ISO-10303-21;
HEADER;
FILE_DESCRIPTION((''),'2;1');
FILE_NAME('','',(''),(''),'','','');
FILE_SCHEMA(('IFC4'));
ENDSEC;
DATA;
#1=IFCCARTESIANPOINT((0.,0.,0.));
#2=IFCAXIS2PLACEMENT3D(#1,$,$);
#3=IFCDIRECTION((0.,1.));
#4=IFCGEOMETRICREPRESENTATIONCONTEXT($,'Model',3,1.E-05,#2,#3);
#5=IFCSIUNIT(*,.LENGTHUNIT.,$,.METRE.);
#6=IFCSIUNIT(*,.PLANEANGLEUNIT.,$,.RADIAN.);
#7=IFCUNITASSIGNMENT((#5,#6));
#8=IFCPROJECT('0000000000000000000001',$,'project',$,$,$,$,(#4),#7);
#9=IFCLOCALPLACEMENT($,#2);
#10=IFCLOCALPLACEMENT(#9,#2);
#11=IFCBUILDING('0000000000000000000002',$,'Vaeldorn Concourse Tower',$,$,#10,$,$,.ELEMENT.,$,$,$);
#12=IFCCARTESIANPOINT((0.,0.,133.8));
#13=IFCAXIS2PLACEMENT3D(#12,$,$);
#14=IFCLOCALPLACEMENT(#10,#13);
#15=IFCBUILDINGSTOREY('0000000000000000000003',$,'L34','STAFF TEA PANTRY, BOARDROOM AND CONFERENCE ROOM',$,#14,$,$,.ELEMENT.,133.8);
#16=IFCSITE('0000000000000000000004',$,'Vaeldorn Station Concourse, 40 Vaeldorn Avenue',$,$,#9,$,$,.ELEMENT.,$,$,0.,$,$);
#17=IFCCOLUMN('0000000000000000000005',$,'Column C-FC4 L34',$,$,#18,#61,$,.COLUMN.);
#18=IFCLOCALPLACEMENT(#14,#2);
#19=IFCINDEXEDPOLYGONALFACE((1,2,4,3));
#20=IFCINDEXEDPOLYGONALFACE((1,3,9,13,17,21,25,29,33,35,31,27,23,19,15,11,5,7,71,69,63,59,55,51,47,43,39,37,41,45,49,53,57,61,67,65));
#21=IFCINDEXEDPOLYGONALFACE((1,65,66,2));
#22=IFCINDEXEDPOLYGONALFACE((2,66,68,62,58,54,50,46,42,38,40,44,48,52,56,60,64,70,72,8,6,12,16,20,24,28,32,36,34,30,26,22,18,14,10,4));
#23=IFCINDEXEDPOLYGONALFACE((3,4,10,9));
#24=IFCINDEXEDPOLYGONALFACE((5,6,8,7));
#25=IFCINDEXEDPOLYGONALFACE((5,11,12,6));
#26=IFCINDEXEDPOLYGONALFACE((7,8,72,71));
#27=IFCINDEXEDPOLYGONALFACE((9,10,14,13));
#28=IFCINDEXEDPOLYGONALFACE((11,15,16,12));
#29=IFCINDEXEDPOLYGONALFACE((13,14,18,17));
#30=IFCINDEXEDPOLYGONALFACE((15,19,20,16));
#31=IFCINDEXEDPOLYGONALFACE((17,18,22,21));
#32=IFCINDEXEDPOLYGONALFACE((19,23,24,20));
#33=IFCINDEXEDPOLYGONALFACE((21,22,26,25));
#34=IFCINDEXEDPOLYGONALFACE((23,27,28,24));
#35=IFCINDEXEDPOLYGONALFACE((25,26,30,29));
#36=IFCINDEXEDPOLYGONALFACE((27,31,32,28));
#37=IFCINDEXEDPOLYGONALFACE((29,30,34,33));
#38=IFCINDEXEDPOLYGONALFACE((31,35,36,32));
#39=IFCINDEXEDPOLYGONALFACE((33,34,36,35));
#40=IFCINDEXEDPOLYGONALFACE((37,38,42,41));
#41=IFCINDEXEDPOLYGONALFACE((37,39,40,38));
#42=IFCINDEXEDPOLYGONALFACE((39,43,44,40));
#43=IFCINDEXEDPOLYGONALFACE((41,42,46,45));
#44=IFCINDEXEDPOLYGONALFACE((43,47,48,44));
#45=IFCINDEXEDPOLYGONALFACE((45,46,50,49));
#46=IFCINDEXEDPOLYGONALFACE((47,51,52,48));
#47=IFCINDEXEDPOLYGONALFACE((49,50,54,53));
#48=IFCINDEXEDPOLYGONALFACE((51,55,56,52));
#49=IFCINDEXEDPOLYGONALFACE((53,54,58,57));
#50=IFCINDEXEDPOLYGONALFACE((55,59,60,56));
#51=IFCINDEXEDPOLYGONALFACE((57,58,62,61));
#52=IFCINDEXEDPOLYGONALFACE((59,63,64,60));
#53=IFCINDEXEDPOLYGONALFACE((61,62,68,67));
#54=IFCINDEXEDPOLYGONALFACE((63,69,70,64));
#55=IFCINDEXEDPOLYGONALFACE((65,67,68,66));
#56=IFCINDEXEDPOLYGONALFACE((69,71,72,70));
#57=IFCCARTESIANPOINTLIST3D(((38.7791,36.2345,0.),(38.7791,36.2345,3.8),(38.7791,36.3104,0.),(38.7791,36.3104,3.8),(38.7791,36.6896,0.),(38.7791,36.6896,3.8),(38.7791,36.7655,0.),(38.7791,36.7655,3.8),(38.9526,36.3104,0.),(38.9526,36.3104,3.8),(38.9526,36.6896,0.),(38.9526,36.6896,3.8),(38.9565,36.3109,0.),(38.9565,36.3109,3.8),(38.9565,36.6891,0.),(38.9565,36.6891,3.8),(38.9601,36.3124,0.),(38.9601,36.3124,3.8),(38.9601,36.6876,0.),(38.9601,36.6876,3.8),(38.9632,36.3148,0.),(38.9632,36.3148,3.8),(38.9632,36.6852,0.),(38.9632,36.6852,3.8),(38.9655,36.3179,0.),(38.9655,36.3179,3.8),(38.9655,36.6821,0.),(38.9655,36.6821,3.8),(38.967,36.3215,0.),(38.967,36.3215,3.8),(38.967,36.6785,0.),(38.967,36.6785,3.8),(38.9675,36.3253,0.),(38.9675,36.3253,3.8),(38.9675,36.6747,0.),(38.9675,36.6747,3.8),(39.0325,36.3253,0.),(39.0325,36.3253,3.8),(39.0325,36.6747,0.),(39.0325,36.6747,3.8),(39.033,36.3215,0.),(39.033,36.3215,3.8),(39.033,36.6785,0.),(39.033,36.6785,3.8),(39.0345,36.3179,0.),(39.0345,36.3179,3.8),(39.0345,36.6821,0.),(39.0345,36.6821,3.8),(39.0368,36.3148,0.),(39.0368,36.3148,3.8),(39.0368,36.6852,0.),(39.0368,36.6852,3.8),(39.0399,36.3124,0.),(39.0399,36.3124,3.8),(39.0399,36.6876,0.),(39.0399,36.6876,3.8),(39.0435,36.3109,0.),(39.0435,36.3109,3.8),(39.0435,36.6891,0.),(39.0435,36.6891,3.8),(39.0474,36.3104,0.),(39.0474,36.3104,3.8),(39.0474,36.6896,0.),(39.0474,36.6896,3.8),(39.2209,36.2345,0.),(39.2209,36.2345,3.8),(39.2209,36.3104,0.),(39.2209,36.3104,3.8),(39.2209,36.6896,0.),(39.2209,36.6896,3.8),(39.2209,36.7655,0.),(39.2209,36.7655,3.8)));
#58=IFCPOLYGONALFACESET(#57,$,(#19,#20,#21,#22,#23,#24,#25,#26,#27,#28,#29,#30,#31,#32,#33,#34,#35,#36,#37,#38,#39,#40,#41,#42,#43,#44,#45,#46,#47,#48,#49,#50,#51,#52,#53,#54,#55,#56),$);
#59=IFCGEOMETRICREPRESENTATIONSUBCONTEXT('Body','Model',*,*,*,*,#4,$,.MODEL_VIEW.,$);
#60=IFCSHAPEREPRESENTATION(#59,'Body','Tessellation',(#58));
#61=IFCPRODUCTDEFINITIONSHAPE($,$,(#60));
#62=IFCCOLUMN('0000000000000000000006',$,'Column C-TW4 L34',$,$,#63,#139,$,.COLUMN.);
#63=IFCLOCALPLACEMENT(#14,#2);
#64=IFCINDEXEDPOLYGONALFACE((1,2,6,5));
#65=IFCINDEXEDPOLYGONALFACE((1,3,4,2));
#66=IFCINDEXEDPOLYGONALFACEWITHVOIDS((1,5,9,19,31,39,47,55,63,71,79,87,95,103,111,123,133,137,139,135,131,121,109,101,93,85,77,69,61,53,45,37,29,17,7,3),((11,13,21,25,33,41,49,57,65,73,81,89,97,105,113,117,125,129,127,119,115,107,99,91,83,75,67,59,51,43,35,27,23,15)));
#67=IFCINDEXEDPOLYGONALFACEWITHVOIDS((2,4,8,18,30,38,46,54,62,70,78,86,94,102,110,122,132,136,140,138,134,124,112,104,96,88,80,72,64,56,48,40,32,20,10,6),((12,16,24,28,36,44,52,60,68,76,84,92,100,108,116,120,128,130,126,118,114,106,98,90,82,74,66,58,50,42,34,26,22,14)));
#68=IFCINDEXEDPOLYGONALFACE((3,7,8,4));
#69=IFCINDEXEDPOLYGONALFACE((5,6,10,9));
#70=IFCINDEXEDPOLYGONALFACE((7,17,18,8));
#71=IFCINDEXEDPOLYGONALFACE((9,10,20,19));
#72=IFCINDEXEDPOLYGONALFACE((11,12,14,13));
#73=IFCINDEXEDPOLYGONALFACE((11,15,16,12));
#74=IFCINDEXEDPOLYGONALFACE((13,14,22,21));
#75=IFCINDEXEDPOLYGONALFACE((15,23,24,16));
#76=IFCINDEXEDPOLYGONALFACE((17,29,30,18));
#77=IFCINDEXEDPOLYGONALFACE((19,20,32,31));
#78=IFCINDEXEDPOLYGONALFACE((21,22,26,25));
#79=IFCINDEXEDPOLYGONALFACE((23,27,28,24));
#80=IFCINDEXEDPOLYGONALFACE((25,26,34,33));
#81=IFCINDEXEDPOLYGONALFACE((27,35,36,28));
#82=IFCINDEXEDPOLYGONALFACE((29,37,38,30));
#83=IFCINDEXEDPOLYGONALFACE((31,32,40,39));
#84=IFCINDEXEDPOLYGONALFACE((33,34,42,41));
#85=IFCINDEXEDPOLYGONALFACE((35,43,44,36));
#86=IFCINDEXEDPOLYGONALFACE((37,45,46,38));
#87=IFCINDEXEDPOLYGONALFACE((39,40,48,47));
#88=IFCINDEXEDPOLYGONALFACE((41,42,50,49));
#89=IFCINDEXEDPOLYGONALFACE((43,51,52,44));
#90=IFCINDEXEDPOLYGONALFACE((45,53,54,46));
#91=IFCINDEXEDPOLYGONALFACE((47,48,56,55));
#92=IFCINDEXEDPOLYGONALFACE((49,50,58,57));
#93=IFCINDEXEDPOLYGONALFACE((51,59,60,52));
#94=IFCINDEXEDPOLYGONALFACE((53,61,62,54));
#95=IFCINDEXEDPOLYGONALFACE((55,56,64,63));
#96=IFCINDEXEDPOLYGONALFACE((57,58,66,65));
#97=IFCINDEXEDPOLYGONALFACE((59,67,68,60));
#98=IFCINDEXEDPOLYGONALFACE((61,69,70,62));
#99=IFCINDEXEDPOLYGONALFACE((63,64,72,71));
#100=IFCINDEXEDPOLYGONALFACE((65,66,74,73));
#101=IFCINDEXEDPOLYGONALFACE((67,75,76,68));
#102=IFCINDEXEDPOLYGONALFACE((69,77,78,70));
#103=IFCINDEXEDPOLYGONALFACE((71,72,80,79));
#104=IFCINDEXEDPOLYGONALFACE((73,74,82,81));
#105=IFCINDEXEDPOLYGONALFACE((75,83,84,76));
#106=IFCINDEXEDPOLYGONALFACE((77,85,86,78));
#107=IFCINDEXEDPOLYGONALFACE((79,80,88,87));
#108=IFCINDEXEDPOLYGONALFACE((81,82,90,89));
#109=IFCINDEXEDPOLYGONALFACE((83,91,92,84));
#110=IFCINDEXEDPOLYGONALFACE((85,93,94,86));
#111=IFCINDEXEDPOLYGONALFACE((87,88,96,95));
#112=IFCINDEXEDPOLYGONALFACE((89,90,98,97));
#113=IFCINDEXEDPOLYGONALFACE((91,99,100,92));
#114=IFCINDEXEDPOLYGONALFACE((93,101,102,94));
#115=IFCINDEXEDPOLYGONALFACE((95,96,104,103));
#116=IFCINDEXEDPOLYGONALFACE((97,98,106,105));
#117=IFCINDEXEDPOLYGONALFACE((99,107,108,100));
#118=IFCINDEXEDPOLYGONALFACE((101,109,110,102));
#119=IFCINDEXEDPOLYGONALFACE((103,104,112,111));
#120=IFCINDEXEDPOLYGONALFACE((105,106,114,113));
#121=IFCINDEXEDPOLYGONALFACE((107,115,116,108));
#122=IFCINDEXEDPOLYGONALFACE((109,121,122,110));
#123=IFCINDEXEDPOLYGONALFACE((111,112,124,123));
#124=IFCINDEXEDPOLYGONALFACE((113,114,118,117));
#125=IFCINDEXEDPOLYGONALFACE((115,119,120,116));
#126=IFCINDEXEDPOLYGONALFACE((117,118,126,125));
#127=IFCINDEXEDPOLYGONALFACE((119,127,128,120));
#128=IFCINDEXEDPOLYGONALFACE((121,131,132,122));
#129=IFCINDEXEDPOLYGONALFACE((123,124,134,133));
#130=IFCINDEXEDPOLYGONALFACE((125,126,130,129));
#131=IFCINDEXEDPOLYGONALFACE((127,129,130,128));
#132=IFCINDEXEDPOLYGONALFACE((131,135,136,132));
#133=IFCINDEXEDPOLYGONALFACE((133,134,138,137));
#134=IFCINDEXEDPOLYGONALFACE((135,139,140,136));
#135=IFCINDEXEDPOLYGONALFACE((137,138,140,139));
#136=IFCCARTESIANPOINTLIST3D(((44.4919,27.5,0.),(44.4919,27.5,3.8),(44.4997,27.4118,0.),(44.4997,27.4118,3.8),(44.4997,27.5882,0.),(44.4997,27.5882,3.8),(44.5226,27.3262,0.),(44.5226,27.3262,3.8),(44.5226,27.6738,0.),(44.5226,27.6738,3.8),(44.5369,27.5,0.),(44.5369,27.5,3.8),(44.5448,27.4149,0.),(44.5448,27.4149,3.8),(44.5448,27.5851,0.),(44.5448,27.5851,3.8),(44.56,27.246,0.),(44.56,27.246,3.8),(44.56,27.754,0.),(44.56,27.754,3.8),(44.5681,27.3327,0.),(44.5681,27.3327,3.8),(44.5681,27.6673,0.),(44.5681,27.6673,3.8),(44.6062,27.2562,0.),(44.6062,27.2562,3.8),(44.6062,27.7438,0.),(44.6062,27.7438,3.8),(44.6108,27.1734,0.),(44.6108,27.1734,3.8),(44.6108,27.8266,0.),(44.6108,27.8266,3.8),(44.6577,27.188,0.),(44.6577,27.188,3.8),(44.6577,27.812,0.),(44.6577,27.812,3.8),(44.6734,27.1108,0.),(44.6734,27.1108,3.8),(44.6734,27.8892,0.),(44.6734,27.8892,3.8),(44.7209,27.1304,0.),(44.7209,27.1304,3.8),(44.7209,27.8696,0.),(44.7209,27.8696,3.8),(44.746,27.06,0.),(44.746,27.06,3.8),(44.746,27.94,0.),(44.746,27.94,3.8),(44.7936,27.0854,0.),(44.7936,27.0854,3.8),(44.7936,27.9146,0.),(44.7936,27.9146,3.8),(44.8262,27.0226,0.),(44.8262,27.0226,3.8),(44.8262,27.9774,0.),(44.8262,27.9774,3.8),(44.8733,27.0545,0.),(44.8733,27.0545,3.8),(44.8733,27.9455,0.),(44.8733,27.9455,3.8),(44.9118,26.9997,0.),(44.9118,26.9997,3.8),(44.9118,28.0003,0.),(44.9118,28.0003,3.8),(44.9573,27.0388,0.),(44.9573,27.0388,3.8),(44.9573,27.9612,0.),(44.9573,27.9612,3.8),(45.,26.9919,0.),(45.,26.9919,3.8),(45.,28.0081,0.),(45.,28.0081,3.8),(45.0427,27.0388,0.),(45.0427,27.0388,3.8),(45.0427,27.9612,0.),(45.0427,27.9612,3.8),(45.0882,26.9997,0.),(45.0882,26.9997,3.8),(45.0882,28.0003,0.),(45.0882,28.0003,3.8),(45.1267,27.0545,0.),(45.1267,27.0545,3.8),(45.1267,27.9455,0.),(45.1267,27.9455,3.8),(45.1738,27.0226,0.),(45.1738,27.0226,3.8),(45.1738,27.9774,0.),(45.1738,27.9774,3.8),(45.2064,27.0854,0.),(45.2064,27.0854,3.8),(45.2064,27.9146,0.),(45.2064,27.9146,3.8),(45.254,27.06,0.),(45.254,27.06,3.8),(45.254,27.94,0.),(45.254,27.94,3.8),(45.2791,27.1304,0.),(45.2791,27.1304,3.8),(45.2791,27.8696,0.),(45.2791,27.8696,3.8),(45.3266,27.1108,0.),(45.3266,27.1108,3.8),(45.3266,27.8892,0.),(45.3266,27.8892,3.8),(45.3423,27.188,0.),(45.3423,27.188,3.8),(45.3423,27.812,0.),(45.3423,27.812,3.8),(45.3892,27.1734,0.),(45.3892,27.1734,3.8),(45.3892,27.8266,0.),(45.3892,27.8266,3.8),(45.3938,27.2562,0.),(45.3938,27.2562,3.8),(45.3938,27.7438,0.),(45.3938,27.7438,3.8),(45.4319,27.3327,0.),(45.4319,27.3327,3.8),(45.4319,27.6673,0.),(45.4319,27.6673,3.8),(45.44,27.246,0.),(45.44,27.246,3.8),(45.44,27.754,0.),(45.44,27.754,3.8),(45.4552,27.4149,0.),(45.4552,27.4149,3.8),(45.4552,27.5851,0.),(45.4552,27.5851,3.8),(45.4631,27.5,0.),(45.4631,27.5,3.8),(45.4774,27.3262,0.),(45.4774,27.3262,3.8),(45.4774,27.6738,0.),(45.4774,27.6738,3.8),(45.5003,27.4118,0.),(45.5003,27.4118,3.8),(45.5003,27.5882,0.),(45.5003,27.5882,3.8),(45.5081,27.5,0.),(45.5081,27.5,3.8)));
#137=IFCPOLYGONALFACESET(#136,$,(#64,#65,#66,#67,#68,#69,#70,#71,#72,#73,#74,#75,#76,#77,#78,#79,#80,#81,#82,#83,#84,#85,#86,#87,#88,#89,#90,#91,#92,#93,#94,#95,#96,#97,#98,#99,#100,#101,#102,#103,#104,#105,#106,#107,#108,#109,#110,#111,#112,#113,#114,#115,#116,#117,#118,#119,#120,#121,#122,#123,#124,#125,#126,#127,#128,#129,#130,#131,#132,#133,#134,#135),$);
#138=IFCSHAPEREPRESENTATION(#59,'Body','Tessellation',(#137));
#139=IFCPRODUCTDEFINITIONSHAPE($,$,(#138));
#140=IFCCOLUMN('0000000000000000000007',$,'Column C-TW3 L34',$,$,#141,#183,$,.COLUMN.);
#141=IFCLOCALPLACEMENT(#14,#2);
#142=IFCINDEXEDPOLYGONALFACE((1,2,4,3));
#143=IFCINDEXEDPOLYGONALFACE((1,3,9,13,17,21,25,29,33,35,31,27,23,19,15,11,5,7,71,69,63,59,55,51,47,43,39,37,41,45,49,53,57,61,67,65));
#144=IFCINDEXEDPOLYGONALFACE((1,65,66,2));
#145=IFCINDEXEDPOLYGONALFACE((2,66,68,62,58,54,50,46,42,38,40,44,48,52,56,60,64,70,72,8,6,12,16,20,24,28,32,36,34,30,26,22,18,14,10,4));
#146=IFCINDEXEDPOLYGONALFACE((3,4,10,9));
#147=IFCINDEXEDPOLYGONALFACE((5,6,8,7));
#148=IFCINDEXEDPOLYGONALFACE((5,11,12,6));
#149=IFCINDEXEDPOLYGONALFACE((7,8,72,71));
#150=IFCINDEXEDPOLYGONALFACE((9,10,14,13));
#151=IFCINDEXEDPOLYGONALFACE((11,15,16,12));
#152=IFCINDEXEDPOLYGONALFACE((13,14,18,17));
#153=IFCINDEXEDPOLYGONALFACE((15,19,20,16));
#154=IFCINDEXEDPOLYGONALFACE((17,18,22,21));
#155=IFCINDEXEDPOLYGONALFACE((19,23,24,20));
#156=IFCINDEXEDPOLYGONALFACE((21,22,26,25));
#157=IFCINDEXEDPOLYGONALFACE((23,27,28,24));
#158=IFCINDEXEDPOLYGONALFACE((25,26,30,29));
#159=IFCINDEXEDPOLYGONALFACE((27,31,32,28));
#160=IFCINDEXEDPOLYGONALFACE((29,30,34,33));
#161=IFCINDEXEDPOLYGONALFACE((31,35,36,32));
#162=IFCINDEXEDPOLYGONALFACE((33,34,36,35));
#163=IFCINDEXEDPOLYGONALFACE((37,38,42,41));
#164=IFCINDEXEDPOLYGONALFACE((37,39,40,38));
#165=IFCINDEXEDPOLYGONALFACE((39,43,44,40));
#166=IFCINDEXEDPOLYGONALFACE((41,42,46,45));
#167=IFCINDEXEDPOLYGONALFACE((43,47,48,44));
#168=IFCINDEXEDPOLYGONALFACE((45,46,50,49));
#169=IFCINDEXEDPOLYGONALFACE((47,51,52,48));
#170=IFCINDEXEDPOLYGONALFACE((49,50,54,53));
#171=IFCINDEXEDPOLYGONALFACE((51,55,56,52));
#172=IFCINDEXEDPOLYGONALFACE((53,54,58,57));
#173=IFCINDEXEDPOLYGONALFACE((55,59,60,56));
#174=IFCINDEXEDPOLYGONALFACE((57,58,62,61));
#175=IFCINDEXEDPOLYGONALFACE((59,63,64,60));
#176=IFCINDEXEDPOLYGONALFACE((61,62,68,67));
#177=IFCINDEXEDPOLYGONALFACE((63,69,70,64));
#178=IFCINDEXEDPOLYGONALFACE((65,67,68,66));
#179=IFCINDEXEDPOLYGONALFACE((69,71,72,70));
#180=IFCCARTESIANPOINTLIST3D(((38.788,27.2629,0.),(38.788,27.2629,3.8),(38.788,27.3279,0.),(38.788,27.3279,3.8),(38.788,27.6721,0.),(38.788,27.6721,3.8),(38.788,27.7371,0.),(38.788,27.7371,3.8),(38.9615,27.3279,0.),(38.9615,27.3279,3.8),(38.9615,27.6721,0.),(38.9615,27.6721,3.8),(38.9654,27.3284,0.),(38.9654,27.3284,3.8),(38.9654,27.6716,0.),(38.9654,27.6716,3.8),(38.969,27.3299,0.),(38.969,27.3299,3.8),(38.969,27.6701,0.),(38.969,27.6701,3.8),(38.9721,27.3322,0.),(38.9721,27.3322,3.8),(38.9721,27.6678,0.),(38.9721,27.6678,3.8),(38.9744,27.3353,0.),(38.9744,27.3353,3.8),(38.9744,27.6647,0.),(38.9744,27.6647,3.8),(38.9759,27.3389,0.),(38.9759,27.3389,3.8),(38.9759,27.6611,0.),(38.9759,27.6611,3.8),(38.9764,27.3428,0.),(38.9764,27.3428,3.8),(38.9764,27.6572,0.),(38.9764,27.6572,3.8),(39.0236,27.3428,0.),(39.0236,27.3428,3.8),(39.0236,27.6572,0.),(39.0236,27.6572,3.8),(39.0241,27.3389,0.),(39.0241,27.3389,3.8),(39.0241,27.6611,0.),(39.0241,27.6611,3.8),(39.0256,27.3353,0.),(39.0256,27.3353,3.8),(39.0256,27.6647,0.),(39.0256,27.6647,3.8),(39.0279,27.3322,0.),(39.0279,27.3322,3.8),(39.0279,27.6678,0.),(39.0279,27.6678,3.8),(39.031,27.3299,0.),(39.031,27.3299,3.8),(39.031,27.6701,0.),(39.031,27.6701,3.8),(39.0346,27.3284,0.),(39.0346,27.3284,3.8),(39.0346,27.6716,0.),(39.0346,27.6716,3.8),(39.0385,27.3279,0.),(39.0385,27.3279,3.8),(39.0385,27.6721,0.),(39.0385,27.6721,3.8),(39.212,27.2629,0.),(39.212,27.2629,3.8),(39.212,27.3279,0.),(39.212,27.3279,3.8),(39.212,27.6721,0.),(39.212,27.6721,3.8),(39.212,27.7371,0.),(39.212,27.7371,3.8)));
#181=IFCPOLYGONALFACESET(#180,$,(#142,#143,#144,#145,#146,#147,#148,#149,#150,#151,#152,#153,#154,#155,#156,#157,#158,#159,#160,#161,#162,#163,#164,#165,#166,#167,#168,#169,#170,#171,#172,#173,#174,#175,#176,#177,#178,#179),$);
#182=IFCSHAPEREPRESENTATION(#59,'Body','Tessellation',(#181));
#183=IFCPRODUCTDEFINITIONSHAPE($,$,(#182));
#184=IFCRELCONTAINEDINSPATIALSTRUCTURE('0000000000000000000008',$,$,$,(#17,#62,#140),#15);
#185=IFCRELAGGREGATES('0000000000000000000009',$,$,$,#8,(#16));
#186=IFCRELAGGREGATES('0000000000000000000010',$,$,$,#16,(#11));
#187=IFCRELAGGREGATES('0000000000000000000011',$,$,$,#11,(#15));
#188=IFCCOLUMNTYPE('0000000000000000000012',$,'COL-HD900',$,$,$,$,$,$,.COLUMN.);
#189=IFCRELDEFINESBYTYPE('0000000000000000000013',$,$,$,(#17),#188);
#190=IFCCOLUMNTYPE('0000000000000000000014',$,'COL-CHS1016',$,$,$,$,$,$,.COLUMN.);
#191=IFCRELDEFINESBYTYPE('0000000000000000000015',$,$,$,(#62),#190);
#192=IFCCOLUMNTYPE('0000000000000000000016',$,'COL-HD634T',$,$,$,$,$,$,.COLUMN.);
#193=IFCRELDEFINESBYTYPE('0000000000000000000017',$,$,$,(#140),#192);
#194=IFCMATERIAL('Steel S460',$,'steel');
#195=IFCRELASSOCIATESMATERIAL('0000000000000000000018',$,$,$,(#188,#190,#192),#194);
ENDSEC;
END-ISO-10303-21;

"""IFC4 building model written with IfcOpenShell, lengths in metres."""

from ifc_helpers import new_model, si_unit, direction, frame, origin, origin_2d, place, context, subcontext, project, spatial, hollow_circle, i_section, extrude, source, transform, mapped, material, material_profile, profile_set, type_object, element, save


model = new_model("IFC4")

# Units and contexts
model_context = context("Model", 3, precision=1e-05, world=origin(), true_north=direction((0.0, 1.0)))
body_context = subcontext(model_context, "Body", "Model", "MODEL_VIEW")
ifc_project = project(units=[si_unit("LENGTHUNIT", "METRE"), si_unit("PLANEANGLEUNIT", "RADIAN")], contexts=[model_context])

# Site, building, storey
site_placement = place(None, origin())
site = spatial("IfcSite", under=ifc_project, at=site_placement, Name="Vaeldorn Station Concourse, 40 Vaeldorn Avenue", CompositionType="ELEMENT", RefElevation=0.0)
building_placement = place(site_placement, origin())
building = spatial("IfcBuilding", under=site, at=building_placement, Name="Vaeldorn Concourse Tower", CompositionType="ELEMENT")
storey_placement = place(building_placement, frame((0.0, 0.0, 133.8)))
storey = spatial("IfcBuildingStorey", under=building, at=storey_placement, Name="L34", Description="STAFF TEA PANTRY, BOARDROOM AND CONFERENCE ROOM", CompositionType="ELEMENT", Elevation=133.8)

# Columns
ifc_material_1 = material(Name="Steel S460", Category="steel")
ifc_material_profile_1 = material_profile(ifc_material_1, i_section(OverallWidth=0.4419, OverallDepth=0.531, WebThickness=0.0649, FlangeThickness=0.0759, FilletRadius=0.0149, at=origin_2d()), Name="HD 400x900")
ifc_profile_set_1 = profile_set([ifc_material_profile_1], Name="Steel S460")
column_type_1 = type_object("IfcColumnType", Name="COL-HD900", PredefinedType="COLUMN", material=ifc_profile_set_1)
shared_shape_1 = source(origin(), body_context, "Body", "SweptSolid", [
    extrude(i_section(OverallWidth=0.4419, OverallDepth=0.531, WebThickness=0.0649, FlangeThickness=0.0759, FilletRadius=0.0149, at=origin_2d()), origin(), (0.0, 0.0, 1.0), 3.8),
])
column_1_placement = place(storey_placement, frame((39.0, 36.5, 0.0), z_axis=(0.0, 0.0, 1.0), x_axis=(1.0, 0.0, 0.0)))
element("IfcColumn", 1, at=column_1_placement, inside=storey, type_object=column_type_1, Name="Column C-FC4 L34", PredefinedType="COLUMN", context=body_context, shape_type="MappedRepresentation", body=[
    mapped(shared_shape_1, transform((0.0, 0.0, 0.0), scale=1.0)),
])
ifc_material_profile_2 = material_profile(ifc_material_1, hollow_circle(Radius=0.5081, WallThickness=0.0449, at=origin_2d()), Name="CHS 1016x45")
ifc_profile_set_2 = profile_set([ifc_material_profile_2], Name="Steel S460")
column_type_2 = type_object("IfcColumnType", Name="COL-CHS1016", PredefinedType="COLUMN", material=ifc_profile_set_2)
shared_shape_2 = source(origin(), body_context, "Body", "SweptSolid", [
    extrude(hollow_circle(Radius=0.5081, WallThickness=0.0449, at=origin_2d()), origin(), (0.0, 0.0, 1.0), 3.8),
])
column_2_placement = place(storey_placement, frame((45.0, 27.5, 0.0), z_axis=(0.0, 0.0, 1.0), x_axis=(1.0, 0.0, 0.0)))
element("IfcColumn", 2, at=column_2_placement, inside=storey, type_object=column_type_2, Name="Column C-TW4 L34", PredefinedType="COLUMN", context=body_context, shape_type="MappedRepresentation", body=[
    mapped(shared_shape_2, transform((0.0, 0.0, 0.0), scale=1.0)),
])
ifc_material_profile_3 = material_profile(ifc_material_1, i_section(OverallWidth=0.4241, OverallDepth=0.4741, WebThickness=0.0471, FlangeThickness=0.0649, FilletRadius=0.0149, at=origin_2d()), Name="HD 400x634")
ifc_profile_set_3 = profile_set([ifc_material_profile_3], Name="Steel S460")
column_type_3 = type_object("IfcColumnType", Name="COL-HD634T", PredefinedType="COLUMN", material=ifc_profile_set_3)
shared_shape_3 = source(origin(), body_context, "Body", "SweptSolid", [
    extrude(i_section(OverallWidth=0.4241, OverallDepth=0.4741, WebThickness=0.0471, FlangeThickness=0.0649, FilletRadius=0.0149, at=origin_2d()), origin(), (0.0, 0.0, 1.0), 3.8),
])
for number, where, z_axis, x_axis, name in (
    (3, (39.0, 27.5, 0.0), (0.0, 0.0, 1.0), (1.0, 0.0, 0.0), "Column C-TW3 L34"),
):
    element("IfcColumn", number, at=place(storey_placement, frame(where, z_axis=z_axis, x_axis=x_axis)), inside=storey, type_object=column_type_3, Name=name, PredefinedType="COLUMN", context=body_context, shape_type="MappedRepresentation", body=[
        mapped(shared_shape_3, transform((0.0, 0.0, 0.0), scale=1.0)),
    ])

save(model, "model.ifc")
